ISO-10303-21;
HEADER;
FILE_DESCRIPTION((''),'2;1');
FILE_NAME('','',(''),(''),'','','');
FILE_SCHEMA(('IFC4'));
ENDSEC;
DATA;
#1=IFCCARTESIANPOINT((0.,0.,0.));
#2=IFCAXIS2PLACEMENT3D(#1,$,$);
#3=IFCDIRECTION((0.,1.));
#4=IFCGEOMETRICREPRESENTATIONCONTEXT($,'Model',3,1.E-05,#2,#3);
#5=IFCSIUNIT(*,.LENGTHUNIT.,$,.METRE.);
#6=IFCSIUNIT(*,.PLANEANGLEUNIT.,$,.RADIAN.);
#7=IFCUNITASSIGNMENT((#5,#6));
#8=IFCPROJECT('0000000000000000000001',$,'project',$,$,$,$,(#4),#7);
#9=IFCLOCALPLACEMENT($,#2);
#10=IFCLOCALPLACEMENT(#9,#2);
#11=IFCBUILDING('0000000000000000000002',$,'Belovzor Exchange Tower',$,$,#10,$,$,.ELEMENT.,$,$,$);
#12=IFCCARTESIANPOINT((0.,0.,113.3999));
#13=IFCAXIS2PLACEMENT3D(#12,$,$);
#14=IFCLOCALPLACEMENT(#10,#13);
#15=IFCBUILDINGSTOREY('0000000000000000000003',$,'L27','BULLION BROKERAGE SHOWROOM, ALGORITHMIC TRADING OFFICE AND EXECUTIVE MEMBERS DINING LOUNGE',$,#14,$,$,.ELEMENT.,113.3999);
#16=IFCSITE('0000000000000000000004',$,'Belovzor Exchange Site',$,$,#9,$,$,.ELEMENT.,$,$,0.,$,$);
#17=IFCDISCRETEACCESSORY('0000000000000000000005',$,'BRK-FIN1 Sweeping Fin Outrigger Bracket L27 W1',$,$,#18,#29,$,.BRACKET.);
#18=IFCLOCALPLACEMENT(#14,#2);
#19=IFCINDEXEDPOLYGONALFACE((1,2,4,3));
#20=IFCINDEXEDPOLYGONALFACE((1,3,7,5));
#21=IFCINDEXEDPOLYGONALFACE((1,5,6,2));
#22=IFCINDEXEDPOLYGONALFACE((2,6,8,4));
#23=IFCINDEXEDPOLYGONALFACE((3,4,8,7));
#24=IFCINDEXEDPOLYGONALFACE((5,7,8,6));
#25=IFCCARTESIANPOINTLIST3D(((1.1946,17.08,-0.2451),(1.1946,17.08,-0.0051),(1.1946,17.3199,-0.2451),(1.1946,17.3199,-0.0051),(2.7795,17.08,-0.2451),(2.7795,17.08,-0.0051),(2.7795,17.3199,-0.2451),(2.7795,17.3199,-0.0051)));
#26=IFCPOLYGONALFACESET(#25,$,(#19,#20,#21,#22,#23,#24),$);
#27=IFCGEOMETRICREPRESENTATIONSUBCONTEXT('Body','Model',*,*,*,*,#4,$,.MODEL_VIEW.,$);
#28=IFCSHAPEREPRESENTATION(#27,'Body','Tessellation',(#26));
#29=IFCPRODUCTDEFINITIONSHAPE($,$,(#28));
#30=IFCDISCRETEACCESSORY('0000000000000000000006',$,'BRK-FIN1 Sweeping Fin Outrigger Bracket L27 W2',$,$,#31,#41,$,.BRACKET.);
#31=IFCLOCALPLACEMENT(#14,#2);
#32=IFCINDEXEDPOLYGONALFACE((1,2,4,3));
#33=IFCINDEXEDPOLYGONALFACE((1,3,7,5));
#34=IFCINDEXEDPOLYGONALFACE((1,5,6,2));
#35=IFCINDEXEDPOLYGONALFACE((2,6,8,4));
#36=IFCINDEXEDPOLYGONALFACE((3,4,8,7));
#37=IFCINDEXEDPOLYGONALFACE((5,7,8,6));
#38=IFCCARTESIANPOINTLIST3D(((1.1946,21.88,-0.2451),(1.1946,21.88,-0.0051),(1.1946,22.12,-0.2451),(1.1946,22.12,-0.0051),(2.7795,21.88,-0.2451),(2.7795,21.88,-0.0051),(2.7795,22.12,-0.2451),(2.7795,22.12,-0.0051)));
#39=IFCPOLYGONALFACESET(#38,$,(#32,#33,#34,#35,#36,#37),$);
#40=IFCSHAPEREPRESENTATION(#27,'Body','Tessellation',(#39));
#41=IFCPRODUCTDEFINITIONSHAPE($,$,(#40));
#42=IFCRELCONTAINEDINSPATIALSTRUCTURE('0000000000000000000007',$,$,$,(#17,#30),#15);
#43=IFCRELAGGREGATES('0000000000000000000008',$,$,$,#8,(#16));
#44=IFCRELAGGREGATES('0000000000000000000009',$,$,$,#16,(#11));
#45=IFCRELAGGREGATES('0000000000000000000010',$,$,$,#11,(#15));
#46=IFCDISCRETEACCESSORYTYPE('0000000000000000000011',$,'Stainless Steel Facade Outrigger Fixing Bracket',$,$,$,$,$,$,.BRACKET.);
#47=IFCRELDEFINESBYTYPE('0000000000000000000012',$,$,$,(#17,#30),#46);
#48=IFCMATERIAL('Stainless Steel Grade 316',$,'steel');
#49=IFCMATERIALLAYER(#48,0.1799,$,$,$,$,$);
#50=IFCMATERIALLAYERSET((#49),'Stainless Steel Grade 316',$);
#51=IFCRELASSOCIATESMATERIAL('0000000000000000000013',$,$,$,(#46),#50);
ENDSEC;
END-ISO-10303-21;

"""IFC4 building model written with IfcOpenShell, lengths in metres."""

from ifc_helpers import new_model, si_unit, direction, frame, origin, origin_2d, place, context, subcontext, project, spatial, rectangle, extrude, material, layer, layer_set, type_object, element, save


model = new_model("IFC4")

# Units and contexts
model_context = context("Model", 3, precision=1e-05, world=origin(), true_north=direction((0.0, 1.0)))
body_context = subcontext(model_context, "Body", "Model", "MODEL_VIEW")
ifc_project = project(units=[si_unit("LENGTHUNIT", "METRE"), si_unit("PLANEANGLEUNIT", "RADIAN")], contexts=[model_context])

# Site, building, storey
site_placement = place(None, origin())
site = spatial("IfcSite", under=ifc_project, at=site_placement, Name="Belovzor Exchange Site", CompositionType="ELEMENT", RefElevation=0.0)
building_placement = place(site_placement, origin())
building = spatial("IfcBuilding", under=site, at=building_placement, Name="Belovzor Exchange Tower", CompositionType="ELEMENT")
storey_placement = place(building_placement, frame((0.0, 0.0, 113.3999)))
storey = spatial("IfcBuildingStorey", under=building, at=storey_placement, Name="L27", Description="BULLION BROKERAGE SHOWROOM, ALGORITHMIC TRADING OFFICE AND EXECUTIVE MEMBERS DINING LOUNGE", CompositionType="ELEMENT", Elevation=113.3999)

# Discrete accessories
ifc_material_1 = material(Name="Stainless Steel Grade 316", Category="steel")
ifc_layer_1 = layer(ifc_material_1, 0.1799)
ifc_layer_set_1 = layer_set([ifc_layer_1], Name="Stainless Steel Grade 316")
discrete_accessory_type = type_object("IfcDiscreteAccessoryType", Name="Stainless Steel Facade Outrigger Fixing Bracket", PredefinedType="BRACKET", material=ifc_layer_set_1)
for number, where, z_axis, x_axis, name in (
    (1, (1.9871, 17.2, -0.2451), (0.0, 0.0, 1.0), (1.0, 0.0, 0.0), "BRK-FIN1 Sweeping Fin Outrigger Bracket L27 W1"),
    (2, (1.9871, 22.0, -0.2451), (0.0, 0.0, 1.0), (1.0, 0.0, 0.0), "BRK-FIN1 Sweeping Fin Outrigger Bracket L27 W2"),
):
    element("IfcDiscreteAccessory", number, at=place(storey_placement, frame(where, z_axis=z_axis, x_axis=x_axis)), inside=storey, type_object=discrete_accessory_type, Name=name, PredefinedType="BRACKET", context=body_context, shape_type="SweptSolid", body=[
        extrude(rectangle(XDim=1.585, YDim=0.24, at=origin_2d()), origin(), (0.0, 0.0, 1.0), 0.24),
    ])

save(model, "model.ifc")
